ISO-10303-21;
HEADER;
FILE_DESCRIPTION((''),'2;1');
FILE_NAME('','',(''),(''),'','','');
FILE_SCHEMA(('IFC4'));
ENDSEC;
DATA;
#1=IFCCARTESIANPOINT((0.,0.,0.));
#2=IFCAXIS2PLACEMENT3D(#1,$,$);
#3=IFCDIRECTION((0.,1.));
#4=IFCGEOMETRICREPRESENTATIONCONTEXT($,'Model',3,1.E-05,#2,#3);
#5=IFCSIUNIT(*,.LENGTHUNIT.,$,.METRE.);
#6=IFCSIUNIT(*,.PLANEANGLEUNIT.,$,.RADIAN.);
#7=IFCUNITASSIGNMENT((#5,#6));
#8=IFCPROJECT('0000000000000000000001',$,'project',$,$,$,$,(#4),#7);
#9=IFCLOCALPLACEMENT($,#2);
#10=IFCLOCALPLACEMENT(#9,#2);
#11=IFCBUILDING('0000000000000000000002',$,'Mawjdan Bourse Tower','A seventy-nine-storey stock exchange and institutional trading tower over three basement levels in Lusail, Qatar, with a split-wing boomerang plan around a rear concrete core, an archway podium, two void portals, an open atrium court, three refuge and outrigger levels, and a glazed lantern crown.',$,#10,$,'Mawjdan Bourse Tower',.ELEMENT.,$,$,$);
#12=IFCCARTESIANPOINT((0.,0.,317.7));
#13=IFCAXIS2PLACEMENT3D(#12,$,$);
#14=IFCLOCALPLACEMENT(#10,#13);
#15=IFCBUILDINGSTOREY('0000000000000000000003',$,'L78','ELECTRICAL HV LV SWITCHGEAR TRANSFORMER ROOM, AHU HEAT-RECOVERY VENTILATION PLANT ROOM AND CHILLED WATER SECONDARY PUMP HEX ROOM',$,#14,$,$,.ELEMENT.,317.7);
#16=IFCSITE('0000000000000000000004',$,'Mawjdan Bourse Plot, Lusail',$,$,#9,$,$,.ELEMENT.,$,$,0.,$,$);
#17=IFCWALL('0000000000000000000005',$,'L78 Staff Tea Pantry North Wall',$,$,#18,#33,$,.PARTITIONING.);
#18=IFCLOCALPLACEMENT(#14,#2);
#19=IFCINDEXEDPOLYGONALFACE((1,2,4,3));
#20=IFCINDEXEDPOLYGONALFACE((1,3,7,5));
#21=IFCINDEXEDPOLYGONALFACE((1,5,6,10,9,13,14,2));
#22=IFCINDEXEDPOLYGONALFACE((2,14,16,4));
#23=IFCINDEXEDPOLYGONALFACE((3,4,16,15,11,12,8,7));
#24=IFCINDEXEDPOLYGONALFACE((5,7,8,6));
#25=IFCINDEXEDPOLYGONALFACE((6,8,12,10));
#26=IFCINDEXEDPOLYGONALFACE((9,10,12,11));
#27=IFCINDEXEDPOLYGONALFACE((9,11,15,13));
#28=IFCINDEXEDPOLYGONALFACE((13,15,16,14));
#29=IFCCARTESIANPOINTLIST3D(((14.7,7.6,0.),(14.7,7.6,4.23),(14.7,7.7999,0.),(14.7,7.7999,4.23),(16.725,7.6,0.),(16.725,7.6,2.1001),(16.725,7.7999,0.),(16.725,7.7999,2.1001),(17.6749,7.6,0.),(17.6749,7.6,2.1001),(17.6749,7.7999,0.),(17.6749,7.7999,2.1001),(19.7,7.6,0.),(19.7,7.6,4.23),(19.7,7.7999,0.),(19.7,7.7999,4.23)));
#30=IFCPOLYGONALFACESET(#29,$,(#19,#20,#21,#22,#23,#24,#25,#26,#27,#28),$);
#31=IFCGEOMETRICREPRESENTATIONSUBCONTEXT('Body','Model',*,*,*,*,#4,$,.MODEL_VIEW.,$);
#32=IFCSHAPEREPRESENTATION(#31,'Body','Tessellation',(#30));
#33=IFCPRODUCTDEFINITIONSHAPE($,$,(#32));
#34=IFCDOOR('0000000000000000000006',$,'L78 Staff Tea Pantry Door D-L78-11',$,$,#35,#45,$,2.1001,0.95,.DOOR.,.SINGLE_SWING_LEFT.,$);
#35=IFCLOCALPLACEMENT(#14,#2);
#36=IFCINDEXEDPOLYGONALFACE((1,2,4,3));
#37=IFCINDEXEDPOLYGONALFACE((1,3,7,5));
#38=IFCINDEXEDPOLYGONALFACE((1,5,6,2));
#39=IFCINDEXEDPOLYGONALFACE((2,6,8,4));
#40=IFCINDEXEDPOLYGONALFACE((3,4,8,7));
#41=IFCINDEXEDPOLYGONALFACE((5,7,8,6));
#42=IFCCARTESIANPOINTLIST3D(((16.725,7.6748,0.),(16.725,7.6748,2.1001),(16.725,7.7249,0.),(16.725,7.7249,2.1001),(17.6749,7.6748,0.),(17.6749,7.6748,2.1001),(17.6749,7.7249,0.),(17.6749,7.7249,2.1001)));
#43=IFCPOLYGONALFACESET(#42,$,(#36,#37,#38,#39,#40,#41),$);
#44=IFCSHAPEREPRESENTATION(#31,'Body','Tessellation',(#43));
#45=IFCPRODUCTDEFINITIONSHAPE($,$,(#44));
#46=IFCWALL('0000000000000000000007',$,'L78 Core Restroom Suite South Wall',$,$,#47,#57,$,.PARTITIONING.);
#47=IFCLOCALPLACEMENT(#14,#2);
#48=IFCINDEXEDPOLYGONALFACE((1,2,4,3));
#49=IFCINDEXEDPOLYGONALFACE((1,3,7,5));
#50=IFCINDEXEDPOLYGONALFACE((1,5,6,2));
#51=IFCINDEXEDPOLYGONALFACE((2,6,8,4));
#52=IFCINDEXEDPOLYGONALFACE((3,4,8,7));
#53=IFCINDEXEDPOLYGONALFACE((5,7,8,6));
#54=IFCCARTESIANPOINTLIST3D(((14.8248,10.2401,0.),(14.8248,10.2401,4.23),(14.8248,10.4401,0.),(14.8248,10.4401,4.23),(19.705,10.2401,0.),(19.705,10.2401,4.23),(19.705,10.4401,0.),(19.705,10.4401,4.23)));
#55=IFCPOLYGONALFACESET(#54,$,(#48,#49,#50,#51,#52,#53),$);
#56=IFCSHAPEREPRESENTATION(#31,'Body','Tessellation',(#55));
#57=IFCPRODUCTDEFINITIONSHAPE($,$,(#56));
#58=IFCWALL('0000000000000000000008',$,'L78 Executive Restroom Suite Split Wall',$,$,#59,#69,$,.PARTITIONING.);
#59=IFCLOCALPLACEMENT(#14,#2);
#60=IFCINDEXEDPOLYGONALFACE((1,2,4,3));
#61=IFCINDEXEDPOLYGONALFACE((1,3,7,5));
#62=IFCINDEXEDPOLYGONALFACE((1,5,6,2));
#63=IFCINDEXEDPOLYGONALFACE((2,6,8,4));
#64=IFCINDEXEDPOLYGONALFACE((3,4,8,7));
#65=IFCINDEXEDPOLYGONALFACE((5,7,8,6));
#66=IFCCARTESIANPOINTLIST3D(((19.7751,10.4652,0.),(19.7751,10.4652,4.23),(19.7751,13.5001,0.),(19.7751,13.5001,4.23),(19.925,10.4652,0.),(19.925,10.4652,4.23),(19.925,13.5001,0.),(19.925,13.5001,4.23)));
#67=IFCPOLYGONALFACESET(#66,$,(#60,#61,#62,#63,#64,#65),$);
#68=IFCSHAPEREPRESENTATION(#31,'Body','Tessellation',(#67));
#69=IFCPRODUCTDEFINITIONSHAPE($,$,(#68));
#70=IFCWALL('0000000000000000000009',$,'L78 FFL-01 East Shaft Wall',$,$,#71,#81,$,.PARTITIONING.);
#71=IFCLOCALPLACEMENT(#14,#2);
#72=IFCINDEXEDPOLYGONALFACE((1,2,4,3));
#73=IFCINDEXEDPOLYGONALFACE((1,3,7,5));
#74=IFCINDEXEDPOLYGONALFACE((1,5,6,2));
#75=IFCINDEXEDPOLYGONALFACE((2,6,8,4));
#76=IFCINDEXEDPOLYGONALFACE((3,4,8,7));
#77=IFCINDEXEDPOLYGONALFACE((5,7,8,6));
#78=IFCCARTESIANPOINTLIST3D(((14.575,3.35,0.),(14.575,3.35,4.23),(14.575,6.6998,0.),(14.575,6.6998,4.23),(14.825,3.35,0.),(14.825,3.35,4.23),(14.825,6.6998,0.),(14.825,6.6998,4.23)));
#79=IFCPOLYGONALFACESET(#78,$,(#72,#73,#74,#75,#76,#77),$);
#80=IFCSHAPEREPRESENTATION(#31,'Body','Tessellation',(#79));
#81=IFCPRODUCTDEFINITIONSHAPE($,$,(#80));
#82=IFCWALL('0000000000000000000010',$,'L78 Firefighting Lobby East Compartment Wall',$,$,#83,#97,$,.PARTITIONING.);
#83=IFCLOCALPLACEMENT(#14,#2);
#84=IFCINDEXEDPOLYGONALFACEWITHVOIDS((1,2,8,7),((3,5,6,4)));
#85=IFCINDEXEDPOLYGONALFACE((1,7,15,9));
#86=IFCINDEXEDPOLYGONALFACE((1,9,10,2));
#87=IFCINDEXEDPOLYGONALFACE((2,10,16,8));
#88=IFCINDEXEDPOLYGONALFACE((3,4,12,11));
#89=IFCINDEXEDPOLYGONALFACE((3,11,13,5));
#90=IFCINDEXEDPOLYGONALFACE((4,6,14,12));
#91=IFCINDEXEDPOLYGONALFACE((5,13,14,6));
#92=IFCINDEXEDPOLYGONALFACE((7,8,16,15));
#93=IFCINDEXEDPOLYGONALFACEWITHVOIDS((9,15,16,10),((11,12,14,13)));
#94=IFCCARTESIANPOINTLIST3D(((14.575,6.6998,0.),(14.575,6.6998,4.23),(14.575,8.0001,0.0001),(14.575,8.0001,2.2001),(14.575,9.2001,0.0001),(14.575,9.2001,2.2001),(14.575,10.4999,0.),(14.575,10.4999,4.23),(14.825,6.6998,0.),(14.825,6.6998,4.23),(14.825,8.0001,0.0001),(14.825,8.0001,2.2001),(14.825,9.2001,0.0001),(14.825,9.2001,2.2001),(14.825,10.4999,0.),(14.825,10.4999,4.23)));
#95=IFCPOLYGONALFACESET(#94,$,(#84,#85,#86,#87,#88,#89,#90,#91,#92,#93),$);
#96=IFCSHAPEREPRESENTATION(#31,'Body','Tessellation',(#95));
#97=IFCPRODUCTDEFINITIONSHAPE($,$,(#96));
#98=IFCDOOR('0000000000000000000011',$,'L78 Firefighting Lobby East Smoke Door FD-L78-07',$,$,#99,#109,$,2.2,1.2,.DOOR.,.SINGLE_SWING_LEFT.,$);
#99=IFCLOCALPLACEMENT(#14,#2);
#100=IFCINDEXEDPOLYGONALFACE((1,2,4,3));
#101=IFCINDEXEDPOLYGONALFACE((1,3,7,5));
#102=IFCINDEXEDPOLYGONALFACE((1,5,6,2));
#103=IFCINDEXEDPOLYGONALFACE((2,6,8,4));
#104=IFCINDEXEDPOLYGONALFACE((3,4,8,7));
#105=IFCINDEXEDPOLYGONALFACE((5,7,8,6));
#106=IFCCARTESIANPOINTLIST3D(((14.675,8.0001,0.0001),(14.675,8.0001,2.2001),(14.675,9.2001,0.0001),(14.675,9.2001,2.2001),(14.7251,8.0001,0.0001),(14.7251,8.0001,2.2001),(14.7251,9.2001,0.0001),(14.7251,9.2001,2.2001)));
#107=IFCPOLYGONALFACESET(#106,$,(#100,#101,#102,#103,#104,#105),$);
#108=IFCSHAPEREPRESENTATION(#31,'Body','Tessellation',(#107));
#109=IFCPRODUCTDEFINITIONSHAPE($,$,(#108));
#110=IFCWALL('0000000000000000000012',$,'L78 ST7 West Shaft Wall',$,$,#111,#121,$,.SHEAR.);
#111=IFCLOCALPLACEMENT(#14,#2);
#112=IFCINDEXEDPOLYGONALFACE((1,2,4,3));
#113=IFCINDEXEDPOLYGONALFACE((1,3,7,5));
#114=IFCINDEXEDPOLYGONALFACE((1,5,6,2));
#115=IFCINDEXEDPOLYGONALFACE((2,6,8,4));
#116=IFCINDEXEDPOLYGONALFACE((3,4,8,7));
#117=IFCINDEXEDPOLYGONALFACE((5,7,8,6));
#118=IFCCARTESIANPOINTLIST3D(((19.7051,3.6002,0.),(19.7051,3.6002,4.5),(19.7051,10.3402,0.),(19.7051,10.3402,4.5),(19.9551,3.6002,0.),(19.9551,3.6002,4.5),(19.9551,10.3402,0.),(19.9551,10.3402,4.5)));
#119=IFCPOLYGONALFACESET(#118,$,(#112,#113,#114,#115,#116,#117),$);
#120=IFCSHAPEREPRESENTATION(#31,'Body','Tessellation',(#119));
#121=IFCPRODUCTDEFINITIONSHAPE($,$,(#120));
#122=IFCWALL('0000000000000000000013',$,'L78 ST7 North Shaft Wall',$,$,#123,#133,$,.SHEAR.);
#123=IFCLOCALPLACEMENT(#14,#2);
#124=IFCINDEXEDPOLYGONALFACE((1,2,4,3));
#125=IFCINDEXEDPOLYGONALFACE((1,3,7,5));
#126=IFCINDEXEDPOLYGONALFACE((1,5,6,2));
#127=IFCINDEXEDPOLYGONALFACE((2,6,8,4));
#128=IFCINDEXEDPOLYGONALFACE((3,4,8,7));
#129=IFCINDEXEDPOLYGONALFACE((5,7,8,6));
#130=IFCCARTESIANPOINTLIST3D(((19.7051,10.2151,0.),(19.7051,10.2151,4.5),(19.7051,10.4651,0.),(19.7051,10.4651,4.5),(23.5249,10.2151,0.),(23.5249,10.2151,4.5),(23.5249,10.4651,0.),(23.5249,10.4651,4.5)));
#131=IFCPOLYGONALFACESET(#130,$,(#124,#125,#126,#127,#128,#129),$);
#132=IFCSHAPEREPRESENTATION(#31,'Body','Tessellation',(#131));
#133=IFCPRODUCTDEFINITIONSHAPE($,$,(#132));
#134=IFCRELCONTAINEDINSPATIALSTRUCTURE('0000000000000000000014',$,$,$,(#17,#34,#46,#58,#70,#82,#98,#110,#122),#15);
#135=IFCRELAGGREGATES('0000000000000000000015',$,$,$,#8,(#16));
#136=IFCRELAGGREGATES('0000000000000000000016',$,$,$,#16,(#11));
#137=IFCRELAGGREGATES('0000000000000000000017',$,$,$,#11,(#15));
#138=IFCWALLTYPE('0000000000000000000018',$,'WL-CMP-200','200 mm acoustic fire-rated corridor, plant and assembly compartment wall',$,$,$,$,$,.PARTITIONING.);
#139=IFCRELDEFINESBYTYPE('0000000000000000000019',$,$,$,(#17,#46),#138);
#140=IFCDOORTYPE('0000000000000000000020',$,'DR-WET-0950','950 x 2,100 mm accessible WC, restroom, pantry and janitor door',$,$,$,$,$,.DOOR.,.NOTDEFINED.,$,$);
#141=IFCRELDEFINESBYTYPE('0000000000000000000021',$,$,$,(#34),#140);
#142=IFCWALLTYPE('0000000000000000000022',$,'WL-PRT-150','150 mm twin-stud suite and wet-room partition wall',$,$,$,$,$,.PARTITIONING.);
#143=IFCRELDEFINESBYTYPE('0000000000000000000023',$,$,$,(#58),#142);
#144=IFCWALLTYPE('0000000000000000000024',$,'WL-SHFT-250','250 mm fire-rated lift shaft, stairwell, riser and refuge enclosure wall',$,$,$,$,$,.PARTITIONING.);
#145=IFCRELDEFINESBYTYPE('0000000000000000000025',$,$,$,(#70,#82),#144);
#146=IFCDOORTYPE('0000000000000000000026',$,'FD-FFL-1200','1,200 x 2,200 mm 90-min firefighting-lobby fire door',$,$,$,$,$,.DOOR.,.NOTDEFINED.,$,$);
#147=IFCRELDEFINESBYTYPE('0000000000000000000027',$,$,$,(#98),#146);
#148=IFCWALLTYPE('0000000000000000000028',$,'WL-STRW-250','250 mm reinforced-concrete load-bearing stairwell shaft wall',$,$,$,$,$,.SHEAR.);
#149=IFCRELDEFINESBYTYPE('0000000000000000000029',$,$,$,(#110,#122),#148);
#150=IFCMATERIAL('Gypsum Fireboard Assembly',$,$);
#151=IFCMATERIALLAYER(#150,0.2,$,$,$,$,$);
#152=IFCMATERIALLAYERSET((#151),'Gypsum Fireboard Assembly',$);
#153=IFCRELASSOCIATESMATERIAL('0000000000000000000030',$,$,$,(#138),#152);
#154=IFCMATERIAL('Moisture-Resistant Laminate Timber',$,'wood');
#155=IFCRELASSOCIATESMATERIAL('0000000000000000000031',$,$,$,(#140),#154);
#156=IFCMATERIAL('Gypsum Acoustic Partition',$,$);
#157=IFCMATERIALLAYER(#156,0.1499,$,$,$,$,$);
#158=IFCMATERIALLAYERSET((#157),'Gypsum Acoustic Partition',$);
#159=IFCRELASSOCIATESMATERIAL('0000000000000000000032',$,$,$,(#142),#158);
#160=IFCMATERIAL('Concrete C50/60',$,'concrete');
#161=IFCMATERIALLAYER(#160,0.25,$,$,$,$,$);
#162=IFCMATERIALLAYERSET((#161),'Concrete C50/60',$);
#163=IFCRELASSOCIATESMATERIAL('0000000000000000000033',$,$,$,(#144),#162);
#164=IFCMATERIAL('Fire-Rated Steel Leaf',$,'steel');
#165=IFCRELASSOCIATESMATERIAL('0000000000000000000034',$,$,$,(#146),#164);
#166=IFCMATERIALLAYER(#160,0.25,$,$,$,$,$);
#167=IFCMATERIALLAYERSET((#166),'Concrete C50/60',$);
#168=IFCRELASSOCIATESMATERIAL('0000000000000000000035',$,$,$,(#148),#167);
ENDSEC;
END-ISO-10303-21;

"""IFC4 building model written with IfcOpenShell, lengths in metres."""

from ifc_helpers import new_model, si_unit, direction, frame, frame_2d, origin, place, context, subcontext, project, spatial, rectangle, extrude, material, layer, layer_set, type_object, element, fill, save


model = new_model("IFC4")

# Units and contexts
model_context = context("Model", 3, precision=1e-05, world=origin(), true_north=direction((0.0, 1.0)))
body_context = subcontext(model_context, "Body", "Model", "MODEL_VIEW")
ifc_project = project(units=[si_unit("LENGTHUNIT", "METRE"), si_unit("PLANEANGLEUNIT", "RADIAN")], contexts=[model_context])

# Site, building, storey
site_placement = place(None, origin())
site = spatial("IfcSite", under=ifc_project, at=site_placement, Name="Mawjdan Bourse Plot, Lusail", CompositionType="ELEMENT", RefElevation=0.0)
building_placement = place(site_placement, origin())
building = spatial("IfcBuilding", under=site, at=building_placement, Name="Mawjdan Bourse Tower", Description="A seventy-nine-storey stock exchange and institutional trading tower over three basement levels in Lusail, Qatar, with a split-wing boomerang plan around a rear concrete core, an archway podium, two void portals, an open atrium court, three refuge and outrigger levels, and a glazed lantern crown.", LongName="Mawjdan Bourse Tower", CompositionType="ELEMENT")
storey_placement = place(building_placement, frame((0.0, 0.0, 317.7)))
storey = spatial("IfcBuildingStorey", under=building, at=storey_placement, Name="L78", Description="ELECTRICAL HV LV SWITCHGEAR TRANSFORMER ROOM, AHU HEAT-RECOVERY VENTILATION PLANT ROOM AND CHILLED WATER SECONDARY PUMP HEX ROOM", CompositionType="ELEMENT", Elevation=317.7)

# Wall, opening, door
ifc_material_1 = material(Name="Gypsum Fireboard Assembly")
ifc_layer_1 = layer(ifc_material_1, 0.2)
ifc_layer_set_1 = layer_set([ifc_layer_1], Name="Gypsum Fireboard Assembly")
wall_type_1 = type_object("IfcWallType", Name="WL-CMP-200", Description="200 mm acoustic fire-rated corridor, plant and assembly compartment wall", PredefinedType="PARTITIONING", material=ifc_layer_set_1)
wall_1_placement = place(storey_placement, frame((14.7, 7.7, 0.0), z_axis=(0.0, 0.0, 1.0), x_axis=(1.0, 0.0, 0.0)))
wall_1 = element("IfcWall", 1, at=wall_1_placement, inside=storey, type_object=wall_type_1, Name="L78 Staff Tea Pantry North Wall", PredefinedType="PARTITIONING", context=body_context, shape_type="SweptSolid", body=[
    extrude(rectangle(XDim=5.0, YDim=0.2, at=frame_2d((2.5, 0.0))), origin(), (0.0, 0.0, 1.0), 4.23),
])
opening_1_placement = place(wall_1_placement, frame((2.0249, 0.0, 0.0)))
opening_1 = element("IfcOpeningElement", 2, at=opening_1_placement, cuts=wall_1, PredefinedType="OPENING", context=body_context, shape_type="SweptSolid", body=[
    extrude(rectangle(XDim=0.95, YDim=2.1001, at=frame_2d((0.4751, 1.05))), frame((0.0, 0.1099, 0.0), z_axis=(0.0, -1.0, 0.0), x_axis=(1.0, 0.0, 0.0)), (0.0, 0.0, 1.0), 0.22),
])
ifc_material_2 = material(Name="Moisture-Resistant Laminate Timber", Category="wood")
door_type_1 = type_object("IfcDoorType", Name="DR-WET-0950", Description="950 x 2,100 mm accessible WC, restroom, pantry and janitor door", OperationType="NOTDEFINED", PredefinedType="DOOR", material=ifc_material_2)
door_1_placement = place(opening_1_placement, origin())
door_1 = element("IfcDoor", 3, at=door_1_placement, inside=storey, type_object=door_type_1, Name="L78 Staff Tea Pantry Door D-L78-11", OperationType="SINGLE_SWING_LEFT", OverallHeight=2.1001, OverallWidth=0.95, PredefinedType="DOOR", context=body_context, shape_type="SweptSolid", body=[
    extrude(rectangle(XDim=0.95, YDim=2.1001, at=frame_2d((0.4751, 1.05))), frame((0.0, 0.0249, 0.0), z_axis=(0.0, -1.0, 0.0), x_axis=(1.0, 0.0, 0.0)), (0.0, 0.0, 1.0), 0.05),
])
fill(opening_1, door_1)

# Walls
wall_2_placement = place(storey_placement, frame((14.825, 10.3401, 0.0), z_axis=(0.0, 0.0, 1.0), x_axis=(1.0, 0.0, 0.0)))
element("IfcWall", 4, at=wall_2_placement, inside=storey, type_object=wall_type_1, Name="L78 Core Restroom Suite South Wall", PredefinedType="PARTITIONING", context=body_context, shape_type="SweptSolid", body=[
    extrude(rectangle(XDim=4.8801, YDim=0.2, at=frame_2d((2.4399, 0.0))), origin(), (0.0, 0.0, 1.0), 4.23),
])
ifc_material_3 = material(Name="Gypsum Acoustic Partition")
ifc_layer_2 = layer(ifc_material_3, 0.1499)
ifc_layer_set_2 = layer_set([ifc_layer_2], Name="Gypsum Acoustic Partition")
wall_type_2 = type_object("IfcWallType", Name="WL-PRT-150", Description="150 mm twin-stud suite and wet-room partition wall", PredefinedType="PARTITIONING", material=ifc_layer_set_2)
wall_3_placement = place(storey_placement, frame((19.8501, 10.4651, 0.0), z_axis=(0.0, 0.0, 1.0), x_axis=(0.0, 1.0, 0.0)))
element("IfcWall", 5, at=wall_3_placement, inside=storey, type_object=wall_type_2, Name="L78 Executive Restroom Suite Split Wall", PredefinedType="PARTITIONING", context=body_context, shape_type="SweptSolid", body=[
    extrude(rectangle(XDim=3.0349, YDim=0.1499, at=frame_2d((1.5176, 0.0))), origin(), (0.0, 0.0, 1.0), 4.23),
])
ifc_material_4 = material(Name="Concrete C50/60", Category="concrete")
ifc_layer_3 = layer(ifc_material_4, 0.25)
ifc_layer_set_3 = layer_set([ifc_layer_3], Name="Concrete C50/60")
wall_type_3 = type_object("IfcWallType", Name="WL-SHFT-250", Description="250 mm fire-rated lift shaft, stairwell, riser and refuge enclosure wall", PredefinedType="PARTITIONING", material=ifc_layer_set_3)
wall_4_placement = place(storey_placement, frame((14.7, 3.3501, 0.0), z_axis=(0.0, 0.0, 1.0), x_axis=(0.0, 1.0, 0.0)))
element("IfcWall", 6, at=wall_4_placement, inside=storey, type_object=wall_type_3, Name="L78 FFL-01 East Shaft Wall", PredefinedType="PARTITIONING", context=body_context, shape_type="SweptSolid", body=[
    extrude(rectangle(XDim=3.3499, YDim=0.25, at=frame_2d((1.6748, 0.0))), origin(), (0.0, 0.0, 1.0), 4.23),
])

# Wall, opening, door
wall_5_placement = place(storey_placement, frame((14.7, 6.7, 0.0), z_axis=(0.0, 0.0, 1.0), x_axis=(0.0, 1.0, 0.0)))
wall_5 = element("IfcWall", 7, at=wall_5_placement, inside=storey, type_object=wall_type_3, Name="L78 Firefighting Lobby East Compartment Wall", PredefinedType="PARTITIONING", context=body_context, shape_type="SweptSolid", body=[
    extrude(rectangle(XDim=3.8, YDim=0.25, at=frame_2d((1.8999, 0.0))), origin(), (0.0, 0.0, 1.0), 4.23),
])
opening_2_placement = place(wall_5_placement, frame((1.3, 0.0, 0.0)))
opening_2 = element("IfcOpeningElement", 8, at=opening_2_placement, cuts=wall_5, PredefinedType="OPENING", context=body_context, shape_type="SweptSolid", body=[
    extrude(rectangle(XDim=1.2, YDim=2.2, at=frame_2d((0.6001, 1.1001))), frame((0.0, 0.135, 0.0), z_axis=(0.0, -1.0, 0.0), x_axis=(1.0, 0.0, 0.0)), (0.0, 0.0, 1.0), 0.27),
])
ifc_material_5 = material(Name="Fire-Rated Steel Leaf", Category="steel")
door_type_2 = type_object("IfcDoorType", Name="FD-FFL-1200", Description="1,200 x 2,200 mm 90-min firefighting-lobby fire door", OperationType="NOTDEFINED", PredefinedType="DOOR", material=ifc_material_5)
door_2_placement = place(opening_2_placement, origin())
door_2 = element("IfcDoor", 9, at=door_2_placement, inside=storey, type_object=door_type_2, Name="L78 Firefighting Lobby East Smoke Door FD-L78-07", OperationType="SINGLE_SWING_LEFT", OverallHeight=2.2, OverallWidth=1.2, PredefinedType="DOOR", context=body_context, shape_type="SweptSolid", body=[
    extrude(rectangle(XDim=1.2, YDim=2.2, at=frame_2d((0.6001, 1.1001))), frame((0.0, 0.0249, 0.0), z_axis=(0.0, -1.0, 0.0), x_axis=(1.0, 0.0, 0.0)), (0.0, 0.0, 1.0), 0.05),
])
fill(opening_2, door_2)

# Walls
ifc_layer_4 = layer(ifc_material_4, 0.25)
ifc_layer_set_4 = layer_set([ifc_layer_4], Name="Concrete C50/60")
wall_type_4 = type_object("IfcWallType", Name="WL-STRW-250", Description="250 mm reinforced-concrete load-bearing stairwell shaft wall", PredefinedType="SHEAR", material=ifc_layer_set_4)
wall_6_placement = place(storey_placement, frame((19.8301, 3.6001, 0.0), z_axis=(0.0, 0.0, 1.0), x_axis=(0.0, 1.0, 0.0)))
element("IfcWall", 10, at=wall_6_placement, inside=storey, type_object=wall_type_4, Name="L78 ST7 West Shaft Wall", PredefinedType="SHEAR", context=body_context, shape_type="SweptSolid", body=[
    extrude(rectangle(XDim=6.74, YDim=0.25, at=frame_2d((3.3701, 0.0))), origin(), (0.0, 0.0, 1.0), 4.5),
])
wall_7_placement = place(storey_placement, frame((19.7051, 10.3401, 0.0), z_axis=(0.0, 0.0, 1.0), x_axis=(1.0, 0.0, 0.0)))
element("IfcWall", 11, at=wall_7_placement, inside=storey, type_object=wall_type_4, Name="L78 ST7 North Shaft Wall", PredefinedType="SHEAR", context=body_context, shape_type="SweptSolid", body=[
    extrude(rectangle(XDim=3.8198, YDim=0.25, at=frame_2d((1.9099, 0.0))), origin(), (0.0, 0.0, 1.0), 4.5),
])

save(model, "model.ifc")
